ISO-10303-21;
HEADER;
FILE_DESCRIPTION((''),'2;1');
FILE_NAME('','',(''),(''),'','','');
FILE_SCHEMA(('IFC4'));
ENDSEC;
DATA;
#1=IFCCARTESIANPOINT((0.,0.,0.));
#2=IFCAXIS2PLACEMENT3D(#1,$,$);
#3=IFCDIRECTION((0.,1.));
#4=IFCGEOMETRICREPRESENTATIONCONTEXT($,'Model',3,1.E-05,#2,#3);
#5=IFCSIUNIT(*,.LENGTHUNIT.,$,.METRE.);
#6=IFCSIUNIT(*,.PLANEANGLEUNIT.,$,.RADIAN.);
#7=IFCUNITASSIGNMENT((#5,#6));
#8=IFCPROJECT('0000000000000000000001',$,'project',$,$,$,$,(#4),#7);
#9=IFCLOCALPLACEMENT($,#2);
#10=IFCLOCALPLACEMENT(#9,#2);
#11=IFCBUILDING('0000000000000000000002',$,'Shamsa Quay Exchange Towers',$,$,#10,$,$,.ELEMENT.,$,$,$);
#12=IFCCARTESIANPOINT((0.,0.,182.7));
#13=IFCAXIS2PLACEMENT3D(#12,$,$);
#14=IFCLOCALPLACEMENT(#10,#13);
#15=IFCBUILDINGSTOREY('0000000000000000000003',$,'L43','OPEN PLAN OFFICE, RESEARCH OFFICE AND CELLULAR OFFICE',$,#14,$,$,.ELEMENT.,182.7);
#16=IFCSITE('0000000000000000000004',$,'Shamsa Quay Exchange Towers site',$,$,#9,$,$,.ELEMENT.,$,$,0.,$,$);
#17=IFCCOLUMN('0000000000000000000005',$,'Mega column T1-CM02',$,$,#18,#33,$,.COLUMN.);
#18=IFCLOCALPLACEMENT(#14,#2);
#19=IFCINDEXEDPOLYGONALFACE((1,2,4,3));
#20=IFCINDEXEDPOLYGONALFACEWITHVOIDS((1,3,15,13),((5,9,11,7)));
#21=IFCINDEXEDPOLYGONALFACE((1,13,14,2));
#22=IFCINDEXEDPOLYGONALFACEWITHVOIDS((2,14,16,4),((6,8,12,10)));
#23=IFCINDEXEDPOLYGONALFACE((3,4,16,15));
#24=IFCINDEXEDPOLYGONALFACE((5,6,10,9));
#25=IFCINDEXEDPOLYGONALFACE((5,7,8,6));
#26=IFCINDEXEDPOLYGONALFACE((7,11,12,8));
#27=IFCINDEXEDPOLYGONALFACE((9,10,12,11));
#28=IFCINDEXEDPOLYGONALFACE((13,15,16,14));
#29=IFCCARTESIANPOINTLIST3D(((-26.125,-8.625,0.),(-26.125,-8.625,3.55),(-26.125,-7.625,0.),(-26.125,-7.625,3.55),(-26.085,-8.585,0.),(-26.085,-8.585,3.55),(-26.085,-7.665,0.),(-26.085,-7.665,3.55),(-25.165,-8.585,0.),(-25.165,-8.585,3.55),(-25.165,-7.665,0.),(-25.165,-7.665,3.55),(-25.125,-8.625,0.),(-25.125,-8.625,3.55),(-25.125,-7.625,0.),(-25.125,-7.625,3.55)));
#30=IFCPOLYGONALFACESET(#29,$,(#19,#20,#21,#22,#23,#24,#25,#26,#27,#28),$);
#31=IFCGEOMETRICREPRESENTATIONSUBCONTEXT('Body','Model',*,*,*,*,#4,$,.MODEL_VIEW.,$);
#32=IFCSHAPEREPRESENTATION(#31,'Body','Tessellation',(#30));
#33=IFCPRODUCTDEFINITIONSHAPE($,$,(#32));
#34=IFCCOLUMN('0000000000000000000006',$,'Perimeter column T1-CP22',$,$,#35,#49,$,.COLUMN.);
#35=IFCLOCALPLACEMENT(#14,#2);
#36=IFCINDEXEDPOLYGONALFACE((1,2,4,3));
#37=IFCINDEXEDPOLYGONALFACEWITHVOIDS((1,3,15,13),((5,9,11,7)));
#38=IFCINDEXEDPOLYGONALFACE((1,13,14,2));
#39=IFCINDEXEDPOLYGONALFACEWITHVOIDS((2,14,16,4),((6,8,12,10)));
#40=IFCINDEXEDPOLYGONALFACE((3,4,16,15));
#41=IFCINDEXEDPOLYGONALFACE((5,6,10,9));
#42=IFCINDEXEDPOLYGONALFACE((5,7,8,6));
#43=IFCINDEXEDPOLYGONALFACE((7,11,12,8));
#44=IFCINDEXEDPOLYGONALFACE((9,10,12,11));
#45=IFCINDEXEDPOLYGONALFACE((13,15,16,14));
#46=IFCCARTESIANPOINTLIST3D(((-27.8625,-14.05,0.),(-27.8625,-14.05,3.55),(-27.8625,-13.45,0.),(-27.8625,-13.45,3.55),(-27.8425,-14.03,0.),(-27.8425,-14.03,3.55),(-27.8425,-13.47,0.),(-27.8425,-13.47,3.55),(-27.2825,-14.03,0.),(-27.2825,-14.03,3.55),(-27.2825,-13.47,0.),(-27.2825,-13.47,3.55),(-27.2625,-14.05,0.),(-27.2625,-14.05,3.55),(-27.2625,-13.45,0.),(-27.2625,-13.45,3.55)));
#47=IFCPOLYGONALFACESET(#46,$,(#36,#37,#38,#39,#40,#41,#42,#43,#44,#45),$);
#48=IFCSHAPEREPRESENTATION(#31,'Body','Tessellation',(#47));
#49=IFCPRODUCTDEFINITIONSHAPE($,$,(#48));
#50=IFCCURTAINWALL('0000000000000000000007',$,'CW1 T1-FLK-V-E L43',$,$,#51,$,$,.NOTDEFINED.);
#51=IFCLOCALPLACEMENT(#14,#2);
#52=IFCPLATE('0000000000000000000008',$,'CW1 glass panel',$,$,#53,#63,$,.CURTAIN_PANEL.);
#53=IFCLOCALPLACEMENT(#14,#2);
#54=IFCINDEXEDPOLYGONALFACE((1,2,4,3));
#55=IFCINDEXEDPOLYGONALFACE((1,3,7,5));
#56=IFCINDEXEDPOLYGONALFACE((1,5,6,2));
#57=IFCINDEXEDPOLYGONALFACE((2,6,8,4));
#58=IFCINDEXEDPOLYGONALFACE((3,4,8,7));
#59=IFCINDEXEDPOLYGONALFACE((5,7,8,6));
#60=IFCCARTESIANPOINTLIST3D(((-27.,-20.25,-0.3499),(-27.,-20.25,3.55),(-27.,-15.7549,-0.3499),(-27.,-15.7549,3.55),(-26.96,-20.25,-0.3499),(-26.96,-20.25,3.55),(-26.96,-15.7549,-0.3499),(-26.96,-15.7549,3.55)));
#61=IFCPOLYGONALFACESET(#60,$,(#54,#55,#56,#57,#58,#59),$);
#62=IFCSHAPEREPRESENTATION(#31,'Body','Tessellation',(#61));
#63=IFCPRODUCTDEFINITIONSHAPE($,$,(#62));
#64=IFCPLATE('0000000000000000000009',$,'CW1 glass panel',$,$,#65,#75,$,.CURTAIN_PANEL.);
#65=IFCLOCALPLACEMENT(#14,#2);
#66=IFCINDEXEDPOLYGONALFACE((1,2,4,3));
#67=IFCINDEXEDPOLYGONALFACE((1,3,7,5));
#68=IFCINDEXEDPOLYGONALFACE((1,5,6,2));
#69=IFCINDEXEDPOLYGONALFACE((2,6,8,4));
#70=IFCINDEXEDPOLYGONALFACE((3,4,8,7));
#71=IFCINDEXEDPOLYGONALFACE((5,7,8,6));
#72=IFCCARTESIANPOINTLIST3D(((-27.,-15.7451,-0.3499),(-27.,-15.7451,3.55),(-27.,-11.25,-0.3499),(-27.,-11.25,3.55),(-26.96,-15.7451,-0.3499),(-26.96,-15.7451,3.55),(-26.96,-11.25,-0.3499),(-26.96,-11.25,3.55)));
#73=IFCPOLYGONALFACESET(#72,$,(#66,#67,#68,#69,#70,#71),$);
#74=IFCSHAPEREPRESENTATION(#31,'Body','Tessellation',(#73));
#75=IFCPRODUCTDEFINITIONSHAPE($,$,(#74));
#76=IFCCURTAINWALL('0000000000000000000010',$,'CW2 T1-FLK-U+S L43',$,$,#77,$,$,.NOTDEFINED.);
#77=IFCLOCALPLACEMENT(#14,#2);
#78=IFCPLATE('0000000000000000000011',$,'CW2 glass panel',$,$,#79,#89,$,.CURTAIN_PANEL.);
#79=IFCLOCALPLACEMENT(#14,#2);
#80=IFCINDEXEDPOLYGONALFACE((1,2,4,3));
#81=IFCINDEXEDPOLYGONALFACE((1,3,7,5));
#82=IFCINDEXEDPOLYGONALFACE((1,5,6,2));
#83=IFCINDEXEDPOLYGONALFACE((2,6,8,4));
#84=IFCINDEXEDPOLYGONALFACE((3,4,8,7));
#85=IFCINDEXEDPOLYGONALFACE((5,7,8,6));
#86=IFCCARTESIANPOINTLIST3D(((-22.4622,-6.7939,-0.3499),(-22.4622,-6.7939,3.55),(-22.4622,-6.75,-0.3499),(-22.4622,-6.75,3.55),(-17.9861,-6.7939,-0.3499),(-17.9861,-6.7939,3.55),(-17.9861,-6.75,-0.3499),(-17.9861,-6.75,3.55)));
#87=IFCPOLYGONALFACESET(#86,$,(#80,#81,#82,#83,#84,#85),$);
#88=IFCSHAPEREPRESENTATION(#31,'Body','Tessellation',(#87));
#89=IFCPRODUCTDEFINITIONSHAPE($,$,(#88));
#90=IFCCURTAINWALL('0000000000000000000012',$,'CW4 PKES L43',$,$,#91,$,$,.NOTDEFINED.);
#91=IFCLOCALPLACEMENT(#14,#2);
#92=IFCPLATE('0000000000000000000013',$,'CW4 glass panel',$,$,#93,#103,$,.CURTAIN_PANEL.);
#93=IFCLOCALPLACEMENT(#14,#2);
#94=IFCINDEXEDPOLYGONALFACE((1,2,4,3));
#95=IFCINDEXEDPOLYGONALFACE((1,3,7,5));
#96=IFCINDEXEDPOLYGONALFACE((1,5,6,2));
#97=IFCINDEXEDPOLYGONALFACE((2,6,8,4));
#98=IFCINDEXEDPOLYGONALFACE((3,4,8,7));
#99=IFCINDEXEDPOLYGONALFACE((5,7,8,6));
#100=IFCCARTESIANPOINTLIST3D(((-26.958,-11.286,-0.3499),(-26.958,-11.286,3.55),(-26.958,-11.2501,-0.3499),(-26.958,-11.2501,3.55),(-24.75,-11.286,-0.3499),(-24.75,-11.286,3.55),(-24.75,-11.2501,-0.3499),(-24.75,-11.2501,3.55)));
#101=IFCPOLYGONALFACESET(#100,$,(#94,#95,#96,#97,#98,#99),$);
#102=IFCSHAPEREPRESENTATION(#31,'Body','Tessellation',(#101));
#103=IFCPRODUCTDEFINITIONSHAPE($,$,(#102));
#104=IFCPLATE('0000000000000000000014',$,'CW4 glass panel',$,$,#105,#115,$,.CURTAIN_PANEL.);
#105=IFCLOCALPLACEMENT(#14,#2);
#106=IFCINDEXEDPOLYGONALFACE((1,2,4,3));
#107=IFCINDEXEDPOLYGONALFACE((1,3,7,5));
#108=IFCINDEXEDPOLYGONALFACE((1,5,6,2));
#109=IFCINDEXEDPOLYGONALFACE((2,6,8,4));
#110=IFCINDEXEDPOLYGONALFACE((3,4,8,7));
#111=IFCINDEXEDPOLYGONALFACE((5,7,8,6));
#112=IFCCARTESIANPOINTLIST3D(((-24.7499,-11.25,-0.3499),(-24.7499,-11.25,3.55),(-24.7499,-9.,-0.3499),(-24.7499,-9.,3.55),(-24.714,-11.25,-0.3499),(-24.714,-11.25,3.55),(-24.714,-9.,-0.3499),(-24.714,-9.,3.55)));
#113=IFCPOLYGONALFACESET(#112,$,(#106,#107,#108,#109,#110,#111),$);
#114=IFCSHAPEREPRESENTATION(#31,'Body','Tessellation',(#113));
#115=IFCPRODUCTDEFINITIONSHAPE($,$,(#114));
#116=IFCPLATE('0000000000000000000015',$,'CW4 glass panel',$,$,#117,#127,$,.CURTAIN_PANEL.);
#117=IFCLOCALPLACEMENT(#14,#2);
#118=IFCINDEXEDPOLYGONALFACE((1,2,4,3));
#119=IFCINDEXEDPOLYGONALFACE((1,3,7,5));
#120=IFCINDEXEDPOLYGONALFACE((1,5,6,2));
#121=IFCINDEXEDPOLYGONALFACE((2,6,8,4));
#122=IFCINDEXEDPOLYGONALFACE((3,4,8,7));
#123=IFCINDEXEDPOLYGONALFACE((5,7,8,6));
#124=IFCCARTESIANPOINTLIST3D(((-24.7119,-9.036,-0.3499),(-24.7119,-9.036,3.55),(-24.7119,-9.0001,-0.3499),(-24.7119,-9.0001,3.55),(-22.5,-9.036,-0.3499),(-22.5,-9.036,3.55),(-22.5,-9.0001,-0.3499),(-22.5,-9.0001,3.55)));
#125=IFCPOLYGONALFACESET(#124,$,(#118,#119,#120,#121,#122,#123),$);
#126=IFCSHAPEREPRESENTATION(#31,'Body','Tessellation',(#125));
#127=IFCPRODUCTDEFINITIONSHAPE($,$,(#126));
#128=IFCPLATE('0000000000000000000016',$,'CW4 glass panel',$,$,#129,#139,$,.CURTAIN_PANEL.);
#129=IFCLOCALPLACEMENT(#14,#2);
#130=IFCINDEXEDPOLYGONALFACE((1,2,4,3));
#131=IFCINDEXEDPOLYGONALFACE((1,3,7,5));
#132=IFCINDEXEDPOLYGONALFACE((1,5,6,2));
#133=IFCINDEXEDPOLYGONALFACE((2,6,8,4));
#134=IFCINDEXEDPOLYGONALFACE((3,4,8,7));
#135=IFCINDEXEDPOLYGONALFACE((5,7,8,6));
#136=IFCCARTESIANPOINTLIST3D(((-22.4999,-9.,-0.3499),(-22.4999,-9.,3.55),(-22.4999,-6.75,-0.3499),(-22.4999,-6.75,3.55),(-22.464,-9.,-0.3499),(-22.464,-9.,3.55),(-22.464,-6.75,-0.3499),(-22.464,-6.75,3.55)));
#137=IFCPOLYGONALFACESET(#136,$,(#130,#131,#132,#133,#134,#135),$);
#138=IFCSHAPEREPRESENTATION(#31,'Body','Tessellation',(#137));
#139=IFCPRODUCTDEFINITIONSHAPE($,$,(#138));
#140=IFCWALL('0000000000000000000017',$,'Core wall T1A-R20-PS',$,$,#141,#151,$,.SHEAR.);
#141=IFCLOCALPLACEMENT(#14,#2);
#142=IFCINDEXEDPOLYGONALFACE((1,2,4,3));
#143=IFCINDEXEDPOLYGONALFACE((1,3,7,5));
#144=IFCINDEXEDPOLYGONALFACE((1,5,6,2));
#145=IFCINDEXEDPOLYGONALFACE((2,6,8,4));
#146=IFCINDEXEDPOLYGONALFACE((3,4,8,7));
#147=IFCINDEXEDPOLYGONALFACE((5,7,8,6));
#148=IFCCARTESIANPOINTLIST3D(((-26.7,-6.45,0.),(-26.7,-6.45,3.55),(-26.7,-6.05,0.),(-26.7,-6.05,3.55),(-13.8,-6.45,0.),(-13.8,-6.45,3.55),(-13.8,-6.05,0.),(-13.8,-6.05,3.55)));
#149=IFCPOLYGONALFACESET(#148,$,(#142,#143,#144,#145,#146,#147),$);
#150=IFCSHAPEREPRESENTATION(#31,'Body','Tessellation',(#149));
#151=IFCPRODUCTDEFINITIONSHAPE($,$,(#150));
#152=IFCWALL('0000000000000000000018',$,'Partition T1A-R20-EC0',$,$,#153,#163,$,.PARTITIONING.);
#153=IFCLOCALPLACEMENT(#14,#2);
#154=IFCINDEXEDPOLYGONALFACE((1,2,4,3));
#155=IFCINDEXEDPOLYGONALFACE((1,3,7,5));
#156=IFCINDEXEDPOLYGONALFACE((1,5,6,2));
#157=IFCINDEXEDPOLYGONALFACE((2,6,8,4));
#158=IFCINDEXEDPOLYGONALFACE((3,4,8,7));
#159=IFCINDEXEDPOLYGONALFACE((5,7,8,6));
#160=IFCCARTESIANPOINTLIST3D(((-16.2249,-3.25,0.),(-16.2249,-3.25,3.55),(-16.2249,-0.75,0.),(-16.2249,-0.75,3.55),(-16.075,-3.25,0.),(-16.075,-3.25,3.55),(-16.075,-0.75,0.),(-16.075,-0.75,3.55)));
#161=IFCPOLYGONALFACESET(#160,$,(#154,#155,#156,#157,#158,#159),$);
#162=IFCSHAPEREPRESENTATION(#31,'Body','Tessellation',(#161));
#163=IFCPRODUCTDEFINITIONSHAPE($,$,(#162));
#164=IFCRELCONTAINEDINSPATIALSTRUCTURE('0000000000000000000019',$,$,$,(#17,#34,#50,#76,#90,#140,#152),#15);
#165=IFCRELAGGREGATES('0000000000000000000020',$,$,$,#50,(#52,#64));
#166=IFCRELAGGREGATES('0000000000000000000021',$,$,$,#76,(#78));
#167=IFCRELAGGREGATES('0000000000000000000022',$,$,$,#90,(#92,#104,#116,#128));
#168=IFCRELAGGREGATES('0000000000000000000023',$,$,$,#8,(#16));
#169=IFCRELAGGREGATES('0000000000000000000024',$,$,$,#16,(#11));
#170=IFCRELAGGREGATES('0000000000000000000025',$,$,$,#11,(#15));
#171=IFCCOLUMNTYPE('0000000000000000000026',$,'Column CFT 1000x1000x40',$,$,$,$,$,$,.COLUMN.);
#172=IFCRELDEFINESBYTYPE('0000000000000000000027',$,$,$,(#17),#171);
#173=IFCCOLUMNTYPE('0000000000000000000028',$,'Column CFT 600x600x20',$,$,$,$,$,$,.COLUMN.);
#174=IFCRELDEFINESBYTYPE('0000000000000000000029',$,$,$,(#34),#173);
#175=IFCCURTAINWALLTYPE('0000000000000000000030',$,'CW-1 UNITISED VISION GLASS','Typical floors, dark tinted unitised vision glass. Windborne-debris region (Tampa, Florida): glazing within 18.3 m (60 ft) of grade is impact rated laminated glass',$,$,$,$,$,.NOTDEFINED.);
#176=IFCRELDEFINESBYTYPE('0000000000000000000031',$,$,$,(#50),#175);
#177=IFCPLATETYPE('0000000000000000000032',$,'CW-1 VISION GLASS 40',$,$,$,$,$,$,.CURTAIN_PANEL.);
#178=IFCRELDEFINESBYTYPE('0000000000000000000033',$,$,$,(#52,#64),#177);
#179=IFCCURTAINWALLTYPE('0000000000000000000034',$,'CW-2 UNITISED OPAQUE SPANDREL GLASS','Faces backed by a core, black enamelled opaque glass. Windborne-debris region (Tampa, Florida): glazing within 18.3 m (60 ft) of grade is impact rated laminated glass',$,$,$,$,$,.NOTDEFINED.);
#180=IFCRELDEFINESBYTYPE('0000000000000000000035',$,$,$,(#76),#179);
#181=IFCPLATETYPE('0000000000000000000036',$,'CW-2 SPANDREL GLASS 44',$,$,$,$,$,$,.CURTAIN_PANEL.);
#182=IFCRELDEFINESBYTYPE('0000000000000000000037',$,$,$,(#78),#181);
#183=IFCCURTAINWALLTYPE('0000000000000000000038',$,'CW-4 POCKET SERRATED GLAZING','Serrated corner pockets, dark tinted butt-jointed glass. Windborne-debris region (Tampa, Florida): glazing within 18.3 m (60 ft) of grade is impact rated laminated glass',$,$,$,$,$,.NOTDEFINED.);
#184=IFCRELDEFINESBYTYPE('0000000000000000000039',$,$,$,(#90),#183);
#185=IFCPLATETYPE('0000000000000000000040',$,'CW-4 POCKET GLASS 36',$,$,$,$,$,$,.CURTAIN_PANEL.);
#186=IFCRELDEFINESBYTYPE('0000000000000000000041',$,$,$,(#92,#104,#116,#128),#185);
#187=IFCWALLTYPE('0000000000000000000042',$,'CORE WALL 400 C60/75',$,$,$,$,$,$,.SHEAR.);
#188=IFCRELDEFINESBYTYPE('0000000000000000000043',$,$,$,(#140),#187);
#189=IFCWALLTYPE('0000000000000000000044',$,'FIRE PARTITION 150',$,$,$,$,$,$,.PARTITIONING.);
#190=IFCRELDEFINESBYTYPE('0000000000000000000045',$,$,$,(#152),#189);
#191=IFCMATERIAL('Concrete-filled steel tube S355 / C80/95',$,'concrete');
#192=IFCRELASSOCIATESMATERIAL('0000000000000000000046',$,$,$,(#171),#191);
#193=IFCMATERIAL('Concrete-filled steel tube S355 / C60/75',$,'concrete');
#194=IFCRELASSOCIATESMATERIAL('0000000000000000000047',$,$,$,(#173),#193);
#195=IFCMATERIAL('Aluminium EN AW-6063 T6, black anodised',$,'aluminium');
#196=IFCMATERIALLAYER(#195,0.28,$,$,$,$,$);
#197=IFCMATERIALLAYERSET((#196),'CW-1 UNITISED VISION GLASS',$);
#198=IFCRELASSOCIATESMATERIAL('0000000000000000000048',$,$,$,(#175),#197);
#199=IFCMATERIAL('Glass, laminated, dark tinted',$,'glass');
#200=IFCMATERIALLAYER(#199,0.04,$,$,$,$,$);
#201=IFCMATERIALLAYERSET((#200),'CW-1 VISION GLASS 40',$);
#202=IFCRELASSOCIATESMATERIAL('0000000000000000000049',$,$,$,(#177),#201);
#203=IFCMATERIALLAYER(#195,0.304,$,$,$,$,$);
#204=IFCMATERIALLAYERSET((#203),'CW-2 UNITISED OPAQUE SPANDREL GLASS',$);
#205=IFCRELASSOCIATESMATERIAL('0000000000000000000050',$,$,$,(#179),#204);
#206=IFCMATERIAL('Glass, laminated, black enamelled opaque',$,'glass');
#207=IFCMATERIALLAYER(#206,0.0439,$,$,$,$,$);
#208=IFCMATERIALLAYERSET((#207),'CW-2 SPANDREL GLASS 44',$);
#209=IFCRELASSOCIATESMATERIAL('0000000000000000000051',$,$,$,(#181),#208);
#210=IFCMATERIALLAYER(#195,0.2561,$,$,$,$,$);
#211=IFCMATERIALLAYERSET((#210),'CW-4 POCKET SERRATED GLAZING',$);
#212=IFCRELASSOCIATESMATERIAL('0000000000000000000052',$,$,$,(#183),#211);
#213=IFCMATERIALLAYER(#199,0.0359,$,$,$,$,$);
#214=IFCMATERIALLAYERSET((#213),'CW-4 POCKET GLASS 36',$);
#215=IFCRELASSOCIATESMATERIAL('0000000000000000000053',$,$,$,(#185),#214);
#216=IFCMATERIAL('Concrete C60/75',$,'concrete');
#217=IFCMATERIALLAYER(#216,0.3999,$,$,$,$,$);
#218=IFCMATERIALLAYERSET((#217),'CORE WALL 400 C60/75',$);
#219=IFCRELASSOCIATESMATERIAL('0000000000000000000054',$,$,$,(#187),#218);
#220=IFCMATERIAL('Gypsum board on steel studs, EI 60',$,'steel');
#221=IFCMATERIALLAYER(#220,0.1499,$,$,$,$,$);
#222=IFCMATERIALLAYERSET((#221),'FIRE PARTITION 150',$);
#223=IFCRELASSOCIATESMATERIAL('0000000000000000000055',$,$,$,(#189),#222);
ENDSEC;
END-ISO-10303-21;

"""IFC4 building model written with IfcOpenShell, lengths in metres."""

from ifc_helpers import new_model, si_unit, direction, frame, frame_2d, origin, origin_2d, place, context, subcontext, project, spatial, rectangle, hollow_rectangle, extrude, material, layer, layer_set, material_profile, profile_set, type_object, element, aggregate, save


model = new_model("IFC4")

# Units and contexts
model_context = context("Model", 3, precision=1e-05, world=origin(), true_north=direction((0.0, 1.0)))
body_context = subcontext(model_context, "Body", "Model", "MODEL_VIEW")
ifc_project = project(units=[si_unit("LENGTHUNIT", "METRE"), si_unit("PLANEANGLEUNIT", "RADIAN")], contexts=[model_context])

# Site, building, storey
site_placement = place(None, origin())
site = spatial("IfcSite", under=ifc_project, at=site_placement, Name="Shamsa Quay Exchange Towers site", CompositionType="ELEMENT", RefElevation=0.0)
building_placement = place(site_placement, origin())
building = spatial("IfcBuilding", under=site, at=building_placement, Name="Shamsa Quay Exchange Towers", CompositionType="ELEMENT")
storey_placement = place(building_placement, frame((0.0, 0.0, 182.7)))
storey = spatial("IfcBuildingStorey", under=building, at=storey_placement, Name="L43", Description="OPEN PLAN OFFICE, RESEARCH OFFICE AND CELLULAR OFFICE", CompositionType="ELEMENT", Elevation=182.7)

# Columns
ifc_material_1 = material(Name="Concrete-filled steel tube S355 / C80/95", Category="concrete")
ifc_material_profile_1 = material_profile(ifc_material_1, hollow_rectangle(XDim=1.0, YDim=1.0, WallThickness=0.04, at=origin_2d()), Name="CFT 1000x1000x40")
ifc_profile_set_1 = profile_set([ifc_material_profile_1], Name="Concrete-filled steel tube S355 / C80/95")
column_type_1 = type_object("IfcColumnType", Name="Column CFT 1000x1000x40", PredefinedType="COLUMN", material=ifc_profile_set_1)
column_1_placement = place(storey_placement, frame((-25.625, -8.125, 0.0)))
element("IfcColumn", 1, at=column_1_placement, inside=storey, type_object=column_type_1, Name="Mega column T1-CM02", PredefinedType="COLUMN", context=body_context, shape_type="SweptSolid", body=[
    extrude(hollow_rectangle(XDim=1.0, YDim=1.0, WallThickness=0.04, at=origin_2d()), origin(), (0.0, 0.0, 1.0), 3.55),
])
ifc_material_2 = material(Name="Concrete-filled steel tube S355 / C60/75", Category="concrete")
ifc_material_profile_2 = material_profile(ifc_material_2, hollow_rectangle(XDim=0.6001, YDim=0.6001, WallThickness=0.02, at=origin_2d()), Name="CFT 600x600x20")
ifc_profile_set_2 = profile_set([ifc_material_profile_2], Name="Concrete-filled steel tube S355 / C60/75")
column_type_2 = type_object("IfcColumnType", Name="Column CFT 600x600x20", PredefinedType="COLUMN", material=ifc_profile_set_2)
column_2_placement = place(storey_placement, frame((-27.5625, -13.75, 0.0)))
element("IfcColumn", 2, at=column_2_placement, inside=storey, type_object=column_type_2, Name="Perimeter column T1-CP22", PredefinedType="COLUMN", context=body_context, shape_type="SweptSolid", body=[
    extrude(hollow_rectangle(XDim=0.6001, YDim=0.6001, WallThickness=0.02, at=origin_2d()), origin(), (0.0, 0.0, 1.0), 3.55),
])

# Curtain wall, plates
ifc_material_3 = material(Name="Aluminium EN AW-6063 T6, black anodised", Category="aluminium")
ifc_layer_1 = layer(ifc_material_3, 0.28)
ifc_layer_set_1 = layer_set([ifc_layer_1], Name="CW-1 UNITISED VISION GLASS")
curtain_wall_type_1 = type_object("IfcCurtainWallType", Name="CW-1 UNITISED VISION GLASS", Description="Typical floors, dark tinted unitised vision glass. Windborne-debris region (Tampa, Florida): glazing within 18.3 m (60 ft) of grade is impact rated laminated glass", PredefinedType="NOTDEFINED", material=ifc_layer_set_1)
curtain_wall_1_placement = place(storey_placement, origin())
curtain_wall_1 = element("IfcCurtainWall", 3, at=curtain_wall_1_placement, inside=storey, type_object=curtain_wall_type_1, Name="CW1 T1-FLK-V-E L43", PredefinedType="NOTDEFINED")
ifc_material_4 = material(Name="Glass, laminated, dark tinted", Category="glass")
ifc_layer_2 = layer(ifc_material_4, 0.04)
ifc_layer_set_2 = layer_set([ifc_layer_2], Name="CW-1 VISION GLASS 40")
plate_type_1 = type_object("IfcPlateType", Name="CW-1 VISION GLASS 40", PredefinedType="CURTAIN_PANEL", material=ifc_layer_set_2)
plate_1_placement = place(storey_placement, frame((-26.98, -18.0024, -0.3499), z_axis=(0.0, 0.0, 1.0), x_axis=(0.0, 1.0, 0.0)))
plate_1 = element("IfcPlate", 4, at=plate_1_placement, type_object=plate_type_1, Name="CW1 glass panel", PredefinedType="CURTAIN_PANEL", context=body_context, shape_type="SweptSolid", body=[
    extrude(rectangle(XDim=4.4951, YDim=0.04, at=origin_2d()), origin(), (0.0, 0.0, 1.0), 3.8999),
])
plate_2_placement = place(storey_placement, frame((-26.98, -13.4976, -0.3499), z_axis=(0.0, 0.0, 1.0), x_axis=(0.0, 1.0, 0.0)))
plate_2 = element("IfcPlate", 5, at=plate_2_placement, type_object=plate_type_1, Name="CW1 glass panel", PredefinedType="CURTAIN_PANEL", context=body_context, shape_type="SweptSolid", body=[
    extrude(rectangle(XDim=4.4951, YDim=0.04, at=origin_2d()), origin(), (0.0, 0.0, 1.0), 3.8999),
])
aggregate(curtain_wall_1, [plate_1, plate_2])

# Curtain wall, plate
ifc_layer_3 = layer(ifc_material_3, 0.304)
ifc_layer_set_3 = layer_set([ifc_layer_3], Name="CW-2 UNITISED OPAQUE SPANDREL GLASS")
curtain_wall_type_2 = type_object("IfcCurtainWallType", Name="CW-2 UNITISED OPAQUE SPANDREL GLASS", Description="Faces backed by a core, black enamelled opaque glass. Windborne-debris region (Tampa, Florida): glazing within 18.3 m (60 ft) of grade is impact rated laminated glass", PredefinedType="NOTDEFINED", material=ifc_layer_set_3)
curtain_wall_2_placement = place(storey_placement, origin())
curtain_wall_2 = element("IfcCurtainWall", 6, at=curtain_wall_2_placement, inside=storey, type_object=curtain_wall_type_2, Name="CW2 T1-FLK-U+S L43", PredefinedType="NOTDEFINED")
ifc_material_5 = material(Name="Glass, laminated, black enamelled opaque", Category="glass")
ifc_layer_4 = layer(ifc_material_5, 0.0439)
ifc_layer_set_4 = layer_set([ifc_layer_4], Name="CW-2 SPANDREL GLASS 44")
plate_type_2 = type_object("IfcPlateType", Name="CW-2 SPANDREL GLASS 44", PredefinedType="CURTAIN_PANEL", material=ifc_layer_set_4)
plate_3_placement = place(storey_placement, frame((-20.2241, -6.772, -0.3499)))
plate_3 = element("IfcPlate", 7, at=plate_3_placement, type_object=plate_type_2, Name="CW2 glass panel", PredefinedType="CURTAIN_PANEL", context=body_context, shape_type="SweptSolid", body=[
    extrude(rectangle(XDim=4.4761, YDim=0.0439, at=origin_2d()), origin(), (0.0, 0.0, 1.0), 3.8999),
])
aggregate(curtain_wall_2, [plate_3])

# Curtain wall, plates
ifc_layer_5 = layer(ifc_material_3, 0.2561)
ifc_layer_set_5 = layer_set([ifc_layer_5], Name="CW-4 POCKET SERRATED GLAZING")
curtain_wall_type_3 = type_object("IfcCurtainWallType", Name="CW-4 POCKET SERRATED GLAZING", Description="Serrated corner pockets, dark tinted butt-jointed glass. Windborne-debris region (Tampa, Florida): glazing within 18.3 m (60 ft) of grade is impact rated laminated glass", PredefinedType="NOTDEFINED", material=ifc_layer_set_5)
curtain_wall_3_placement = place(storey_placement, origin())
curtain_wall_3 = element("IfcCurtainWall", 8, at=curtain_wall_3_placement, inside=storey, type_object=curtain_wall_type_3, Name="CW4 PKES L43", PredefinedType="NOTDEFINED")
ifc_layer_6 = layer(ifc_material_4, 0.0359)
ifc_layer_set_6 = layer_set([ifc_layer_6], Name="CW-4 POCKET GLASS 36")
plate_type_3 = type_object("IfcPlateType", Name="CW-4 POCKET GLASS 36", PredefinedType="CURTAIN_PANEL", material=ifc_layer_set_6)
plate_4_placement = place(storey_placement, frame((-25.854, -11.2681, -0.3499)))
plate_4 = element("IfcPlate", 9, at=plate_4_placement, type_object=plate_type_3, Name="CW4 glass panel", PredefinedType="CURTAIN_PANEL", context=body_context, shape_type="SweptSolid", body=[
    extrude(rectangle(XDim=2.208, YDim=0.0359, at=origin_2d()), origin(), (0.0, 0.0, 1.0), 3.8999),
])
plate_5_placement = place(storey_placement, frame((-24.7319, -10.125, -0.3499), z_axis=(0.0, 0.0, 1.0), x_axis=(0.0, 1.0, 0.0)))
plate_5 = element("IfcPlate", 10, at=plate_5_placement, type_object=plate_type_3, Name="CW4 glass panel", PredefinedType="CURTAIN_PANEL", context=body_context, shape_type="SweptSolid", body=[
    extrude(rectangle(XDim=2.25, YDim=0.0359, at=origin_2d()), origin(), (0.0, 0.0, 1.0), 3.8999),
])
plate_6_placement = place(storey_placement, frame((-23.606, -9.0181, -0.3499)))
plate_6 = element("IfcPlate", 11, at=plate_6_placement, type_object=plate_type_3, Name="CW4 glass panel", PredefinedType="CURTAIN_PANEL", context=body_context, shape_type="SweptSolid", body=[
    extrude(rectangle(XDim=2.2119, YDim=0.0359, at=origin_2d()), origin(), (0.0, 0.0, 1.0), 3.8999),
])
plate_7_placement = place(storey_placement, frame((-22.4819, -7.875, -0.3499), z_axis=(0.0, 0.0, 1.0), x_axis=(0.0, 1.0, 0.0)))
plate_7 = element("IfcPlate", 12, at=plate_7_placement, type_object=plate_type_3, Name="CW4 glass panel", PredefinedType="CURTAIN_PANEL", context=body_context, shape_type="SweptSolid", body=[
    extrude(rectangle(XDim=2.25, YDim=0.0359, at=origin_2d()), origin(), (0.0, 0.0, 1.0), 3.8999),
])
aggregate(curtain_wall_3, [plate_4, plate_5, plate_6, plate_7])

# Walls
ifc_material_6 = material(Name="Concrete C60/75", Category="concrete")
ifc_layer_7 = layer(ifc_material_6, 0.3999)
ifc_layer_set_7 = layer_set([ifc_layer_7], Name="CORE WALL 400 C60/75")
wall_type_1 = type_object("IfcWallType", Name="CORE WALL 400 C60/75", PredefinedType="SHEAR", material=ifc_layer_set_7)
wall_1_placement = place(storey_placement, frame((-26.7, -6.25, 0.0)))
element("IfcWall", 13, at=wall_1_placement, inside=storey, type_object=wall_type_1, Name="Core wall T1A-R20-PS", PredefinedType="SHEAR", context=body_context, shape_type="SweptSolid", body=[
    extrude(rectangle(XDim=12.8999, YDim=0.3999, at=frame_2d((6.45, 0.0))), origin(), (0.0, 0.0, 1.0), 3.55),
])
ifc_material_7 = material(Name="Gypsum board on steel studs, EI 60", Category="steel")
ifc_layer_8 = layer(ifc_material_7, 0.1499)
ifc_layer_set_8 = layer_set([ifc_layer_8], Name="FIRE PARTITION 150")
wall_type_2 = type_object("IfcWallType", Name="FIRE PARTITION 150", PredefinedType="PARTITIONING", material=ifc_layer_set_8)
wall_2_placement = place(storey_placement, frame((-16.1499, -3.25, 0.0), z_axis=(0.0, 0.0, 1.0), x_axis=(0.0, 1.0, 0.0)))
element("IfcWall", 14, at=wall_2_placement, inside=storey, type_object=wall_type_2, Name="Partition T1A-R20-EC0", PredefinedType="PARTITIONING", context=body_context, shape_type="SweptSolid", body=[
    extrude(rectangle(XDim=2.5, YDim=0.1499, at=frame_2d((1.25, 0.0))), origin(), (0.0, 0.0, 1.0), 3.55),
])

save(model, "model.ifc")
